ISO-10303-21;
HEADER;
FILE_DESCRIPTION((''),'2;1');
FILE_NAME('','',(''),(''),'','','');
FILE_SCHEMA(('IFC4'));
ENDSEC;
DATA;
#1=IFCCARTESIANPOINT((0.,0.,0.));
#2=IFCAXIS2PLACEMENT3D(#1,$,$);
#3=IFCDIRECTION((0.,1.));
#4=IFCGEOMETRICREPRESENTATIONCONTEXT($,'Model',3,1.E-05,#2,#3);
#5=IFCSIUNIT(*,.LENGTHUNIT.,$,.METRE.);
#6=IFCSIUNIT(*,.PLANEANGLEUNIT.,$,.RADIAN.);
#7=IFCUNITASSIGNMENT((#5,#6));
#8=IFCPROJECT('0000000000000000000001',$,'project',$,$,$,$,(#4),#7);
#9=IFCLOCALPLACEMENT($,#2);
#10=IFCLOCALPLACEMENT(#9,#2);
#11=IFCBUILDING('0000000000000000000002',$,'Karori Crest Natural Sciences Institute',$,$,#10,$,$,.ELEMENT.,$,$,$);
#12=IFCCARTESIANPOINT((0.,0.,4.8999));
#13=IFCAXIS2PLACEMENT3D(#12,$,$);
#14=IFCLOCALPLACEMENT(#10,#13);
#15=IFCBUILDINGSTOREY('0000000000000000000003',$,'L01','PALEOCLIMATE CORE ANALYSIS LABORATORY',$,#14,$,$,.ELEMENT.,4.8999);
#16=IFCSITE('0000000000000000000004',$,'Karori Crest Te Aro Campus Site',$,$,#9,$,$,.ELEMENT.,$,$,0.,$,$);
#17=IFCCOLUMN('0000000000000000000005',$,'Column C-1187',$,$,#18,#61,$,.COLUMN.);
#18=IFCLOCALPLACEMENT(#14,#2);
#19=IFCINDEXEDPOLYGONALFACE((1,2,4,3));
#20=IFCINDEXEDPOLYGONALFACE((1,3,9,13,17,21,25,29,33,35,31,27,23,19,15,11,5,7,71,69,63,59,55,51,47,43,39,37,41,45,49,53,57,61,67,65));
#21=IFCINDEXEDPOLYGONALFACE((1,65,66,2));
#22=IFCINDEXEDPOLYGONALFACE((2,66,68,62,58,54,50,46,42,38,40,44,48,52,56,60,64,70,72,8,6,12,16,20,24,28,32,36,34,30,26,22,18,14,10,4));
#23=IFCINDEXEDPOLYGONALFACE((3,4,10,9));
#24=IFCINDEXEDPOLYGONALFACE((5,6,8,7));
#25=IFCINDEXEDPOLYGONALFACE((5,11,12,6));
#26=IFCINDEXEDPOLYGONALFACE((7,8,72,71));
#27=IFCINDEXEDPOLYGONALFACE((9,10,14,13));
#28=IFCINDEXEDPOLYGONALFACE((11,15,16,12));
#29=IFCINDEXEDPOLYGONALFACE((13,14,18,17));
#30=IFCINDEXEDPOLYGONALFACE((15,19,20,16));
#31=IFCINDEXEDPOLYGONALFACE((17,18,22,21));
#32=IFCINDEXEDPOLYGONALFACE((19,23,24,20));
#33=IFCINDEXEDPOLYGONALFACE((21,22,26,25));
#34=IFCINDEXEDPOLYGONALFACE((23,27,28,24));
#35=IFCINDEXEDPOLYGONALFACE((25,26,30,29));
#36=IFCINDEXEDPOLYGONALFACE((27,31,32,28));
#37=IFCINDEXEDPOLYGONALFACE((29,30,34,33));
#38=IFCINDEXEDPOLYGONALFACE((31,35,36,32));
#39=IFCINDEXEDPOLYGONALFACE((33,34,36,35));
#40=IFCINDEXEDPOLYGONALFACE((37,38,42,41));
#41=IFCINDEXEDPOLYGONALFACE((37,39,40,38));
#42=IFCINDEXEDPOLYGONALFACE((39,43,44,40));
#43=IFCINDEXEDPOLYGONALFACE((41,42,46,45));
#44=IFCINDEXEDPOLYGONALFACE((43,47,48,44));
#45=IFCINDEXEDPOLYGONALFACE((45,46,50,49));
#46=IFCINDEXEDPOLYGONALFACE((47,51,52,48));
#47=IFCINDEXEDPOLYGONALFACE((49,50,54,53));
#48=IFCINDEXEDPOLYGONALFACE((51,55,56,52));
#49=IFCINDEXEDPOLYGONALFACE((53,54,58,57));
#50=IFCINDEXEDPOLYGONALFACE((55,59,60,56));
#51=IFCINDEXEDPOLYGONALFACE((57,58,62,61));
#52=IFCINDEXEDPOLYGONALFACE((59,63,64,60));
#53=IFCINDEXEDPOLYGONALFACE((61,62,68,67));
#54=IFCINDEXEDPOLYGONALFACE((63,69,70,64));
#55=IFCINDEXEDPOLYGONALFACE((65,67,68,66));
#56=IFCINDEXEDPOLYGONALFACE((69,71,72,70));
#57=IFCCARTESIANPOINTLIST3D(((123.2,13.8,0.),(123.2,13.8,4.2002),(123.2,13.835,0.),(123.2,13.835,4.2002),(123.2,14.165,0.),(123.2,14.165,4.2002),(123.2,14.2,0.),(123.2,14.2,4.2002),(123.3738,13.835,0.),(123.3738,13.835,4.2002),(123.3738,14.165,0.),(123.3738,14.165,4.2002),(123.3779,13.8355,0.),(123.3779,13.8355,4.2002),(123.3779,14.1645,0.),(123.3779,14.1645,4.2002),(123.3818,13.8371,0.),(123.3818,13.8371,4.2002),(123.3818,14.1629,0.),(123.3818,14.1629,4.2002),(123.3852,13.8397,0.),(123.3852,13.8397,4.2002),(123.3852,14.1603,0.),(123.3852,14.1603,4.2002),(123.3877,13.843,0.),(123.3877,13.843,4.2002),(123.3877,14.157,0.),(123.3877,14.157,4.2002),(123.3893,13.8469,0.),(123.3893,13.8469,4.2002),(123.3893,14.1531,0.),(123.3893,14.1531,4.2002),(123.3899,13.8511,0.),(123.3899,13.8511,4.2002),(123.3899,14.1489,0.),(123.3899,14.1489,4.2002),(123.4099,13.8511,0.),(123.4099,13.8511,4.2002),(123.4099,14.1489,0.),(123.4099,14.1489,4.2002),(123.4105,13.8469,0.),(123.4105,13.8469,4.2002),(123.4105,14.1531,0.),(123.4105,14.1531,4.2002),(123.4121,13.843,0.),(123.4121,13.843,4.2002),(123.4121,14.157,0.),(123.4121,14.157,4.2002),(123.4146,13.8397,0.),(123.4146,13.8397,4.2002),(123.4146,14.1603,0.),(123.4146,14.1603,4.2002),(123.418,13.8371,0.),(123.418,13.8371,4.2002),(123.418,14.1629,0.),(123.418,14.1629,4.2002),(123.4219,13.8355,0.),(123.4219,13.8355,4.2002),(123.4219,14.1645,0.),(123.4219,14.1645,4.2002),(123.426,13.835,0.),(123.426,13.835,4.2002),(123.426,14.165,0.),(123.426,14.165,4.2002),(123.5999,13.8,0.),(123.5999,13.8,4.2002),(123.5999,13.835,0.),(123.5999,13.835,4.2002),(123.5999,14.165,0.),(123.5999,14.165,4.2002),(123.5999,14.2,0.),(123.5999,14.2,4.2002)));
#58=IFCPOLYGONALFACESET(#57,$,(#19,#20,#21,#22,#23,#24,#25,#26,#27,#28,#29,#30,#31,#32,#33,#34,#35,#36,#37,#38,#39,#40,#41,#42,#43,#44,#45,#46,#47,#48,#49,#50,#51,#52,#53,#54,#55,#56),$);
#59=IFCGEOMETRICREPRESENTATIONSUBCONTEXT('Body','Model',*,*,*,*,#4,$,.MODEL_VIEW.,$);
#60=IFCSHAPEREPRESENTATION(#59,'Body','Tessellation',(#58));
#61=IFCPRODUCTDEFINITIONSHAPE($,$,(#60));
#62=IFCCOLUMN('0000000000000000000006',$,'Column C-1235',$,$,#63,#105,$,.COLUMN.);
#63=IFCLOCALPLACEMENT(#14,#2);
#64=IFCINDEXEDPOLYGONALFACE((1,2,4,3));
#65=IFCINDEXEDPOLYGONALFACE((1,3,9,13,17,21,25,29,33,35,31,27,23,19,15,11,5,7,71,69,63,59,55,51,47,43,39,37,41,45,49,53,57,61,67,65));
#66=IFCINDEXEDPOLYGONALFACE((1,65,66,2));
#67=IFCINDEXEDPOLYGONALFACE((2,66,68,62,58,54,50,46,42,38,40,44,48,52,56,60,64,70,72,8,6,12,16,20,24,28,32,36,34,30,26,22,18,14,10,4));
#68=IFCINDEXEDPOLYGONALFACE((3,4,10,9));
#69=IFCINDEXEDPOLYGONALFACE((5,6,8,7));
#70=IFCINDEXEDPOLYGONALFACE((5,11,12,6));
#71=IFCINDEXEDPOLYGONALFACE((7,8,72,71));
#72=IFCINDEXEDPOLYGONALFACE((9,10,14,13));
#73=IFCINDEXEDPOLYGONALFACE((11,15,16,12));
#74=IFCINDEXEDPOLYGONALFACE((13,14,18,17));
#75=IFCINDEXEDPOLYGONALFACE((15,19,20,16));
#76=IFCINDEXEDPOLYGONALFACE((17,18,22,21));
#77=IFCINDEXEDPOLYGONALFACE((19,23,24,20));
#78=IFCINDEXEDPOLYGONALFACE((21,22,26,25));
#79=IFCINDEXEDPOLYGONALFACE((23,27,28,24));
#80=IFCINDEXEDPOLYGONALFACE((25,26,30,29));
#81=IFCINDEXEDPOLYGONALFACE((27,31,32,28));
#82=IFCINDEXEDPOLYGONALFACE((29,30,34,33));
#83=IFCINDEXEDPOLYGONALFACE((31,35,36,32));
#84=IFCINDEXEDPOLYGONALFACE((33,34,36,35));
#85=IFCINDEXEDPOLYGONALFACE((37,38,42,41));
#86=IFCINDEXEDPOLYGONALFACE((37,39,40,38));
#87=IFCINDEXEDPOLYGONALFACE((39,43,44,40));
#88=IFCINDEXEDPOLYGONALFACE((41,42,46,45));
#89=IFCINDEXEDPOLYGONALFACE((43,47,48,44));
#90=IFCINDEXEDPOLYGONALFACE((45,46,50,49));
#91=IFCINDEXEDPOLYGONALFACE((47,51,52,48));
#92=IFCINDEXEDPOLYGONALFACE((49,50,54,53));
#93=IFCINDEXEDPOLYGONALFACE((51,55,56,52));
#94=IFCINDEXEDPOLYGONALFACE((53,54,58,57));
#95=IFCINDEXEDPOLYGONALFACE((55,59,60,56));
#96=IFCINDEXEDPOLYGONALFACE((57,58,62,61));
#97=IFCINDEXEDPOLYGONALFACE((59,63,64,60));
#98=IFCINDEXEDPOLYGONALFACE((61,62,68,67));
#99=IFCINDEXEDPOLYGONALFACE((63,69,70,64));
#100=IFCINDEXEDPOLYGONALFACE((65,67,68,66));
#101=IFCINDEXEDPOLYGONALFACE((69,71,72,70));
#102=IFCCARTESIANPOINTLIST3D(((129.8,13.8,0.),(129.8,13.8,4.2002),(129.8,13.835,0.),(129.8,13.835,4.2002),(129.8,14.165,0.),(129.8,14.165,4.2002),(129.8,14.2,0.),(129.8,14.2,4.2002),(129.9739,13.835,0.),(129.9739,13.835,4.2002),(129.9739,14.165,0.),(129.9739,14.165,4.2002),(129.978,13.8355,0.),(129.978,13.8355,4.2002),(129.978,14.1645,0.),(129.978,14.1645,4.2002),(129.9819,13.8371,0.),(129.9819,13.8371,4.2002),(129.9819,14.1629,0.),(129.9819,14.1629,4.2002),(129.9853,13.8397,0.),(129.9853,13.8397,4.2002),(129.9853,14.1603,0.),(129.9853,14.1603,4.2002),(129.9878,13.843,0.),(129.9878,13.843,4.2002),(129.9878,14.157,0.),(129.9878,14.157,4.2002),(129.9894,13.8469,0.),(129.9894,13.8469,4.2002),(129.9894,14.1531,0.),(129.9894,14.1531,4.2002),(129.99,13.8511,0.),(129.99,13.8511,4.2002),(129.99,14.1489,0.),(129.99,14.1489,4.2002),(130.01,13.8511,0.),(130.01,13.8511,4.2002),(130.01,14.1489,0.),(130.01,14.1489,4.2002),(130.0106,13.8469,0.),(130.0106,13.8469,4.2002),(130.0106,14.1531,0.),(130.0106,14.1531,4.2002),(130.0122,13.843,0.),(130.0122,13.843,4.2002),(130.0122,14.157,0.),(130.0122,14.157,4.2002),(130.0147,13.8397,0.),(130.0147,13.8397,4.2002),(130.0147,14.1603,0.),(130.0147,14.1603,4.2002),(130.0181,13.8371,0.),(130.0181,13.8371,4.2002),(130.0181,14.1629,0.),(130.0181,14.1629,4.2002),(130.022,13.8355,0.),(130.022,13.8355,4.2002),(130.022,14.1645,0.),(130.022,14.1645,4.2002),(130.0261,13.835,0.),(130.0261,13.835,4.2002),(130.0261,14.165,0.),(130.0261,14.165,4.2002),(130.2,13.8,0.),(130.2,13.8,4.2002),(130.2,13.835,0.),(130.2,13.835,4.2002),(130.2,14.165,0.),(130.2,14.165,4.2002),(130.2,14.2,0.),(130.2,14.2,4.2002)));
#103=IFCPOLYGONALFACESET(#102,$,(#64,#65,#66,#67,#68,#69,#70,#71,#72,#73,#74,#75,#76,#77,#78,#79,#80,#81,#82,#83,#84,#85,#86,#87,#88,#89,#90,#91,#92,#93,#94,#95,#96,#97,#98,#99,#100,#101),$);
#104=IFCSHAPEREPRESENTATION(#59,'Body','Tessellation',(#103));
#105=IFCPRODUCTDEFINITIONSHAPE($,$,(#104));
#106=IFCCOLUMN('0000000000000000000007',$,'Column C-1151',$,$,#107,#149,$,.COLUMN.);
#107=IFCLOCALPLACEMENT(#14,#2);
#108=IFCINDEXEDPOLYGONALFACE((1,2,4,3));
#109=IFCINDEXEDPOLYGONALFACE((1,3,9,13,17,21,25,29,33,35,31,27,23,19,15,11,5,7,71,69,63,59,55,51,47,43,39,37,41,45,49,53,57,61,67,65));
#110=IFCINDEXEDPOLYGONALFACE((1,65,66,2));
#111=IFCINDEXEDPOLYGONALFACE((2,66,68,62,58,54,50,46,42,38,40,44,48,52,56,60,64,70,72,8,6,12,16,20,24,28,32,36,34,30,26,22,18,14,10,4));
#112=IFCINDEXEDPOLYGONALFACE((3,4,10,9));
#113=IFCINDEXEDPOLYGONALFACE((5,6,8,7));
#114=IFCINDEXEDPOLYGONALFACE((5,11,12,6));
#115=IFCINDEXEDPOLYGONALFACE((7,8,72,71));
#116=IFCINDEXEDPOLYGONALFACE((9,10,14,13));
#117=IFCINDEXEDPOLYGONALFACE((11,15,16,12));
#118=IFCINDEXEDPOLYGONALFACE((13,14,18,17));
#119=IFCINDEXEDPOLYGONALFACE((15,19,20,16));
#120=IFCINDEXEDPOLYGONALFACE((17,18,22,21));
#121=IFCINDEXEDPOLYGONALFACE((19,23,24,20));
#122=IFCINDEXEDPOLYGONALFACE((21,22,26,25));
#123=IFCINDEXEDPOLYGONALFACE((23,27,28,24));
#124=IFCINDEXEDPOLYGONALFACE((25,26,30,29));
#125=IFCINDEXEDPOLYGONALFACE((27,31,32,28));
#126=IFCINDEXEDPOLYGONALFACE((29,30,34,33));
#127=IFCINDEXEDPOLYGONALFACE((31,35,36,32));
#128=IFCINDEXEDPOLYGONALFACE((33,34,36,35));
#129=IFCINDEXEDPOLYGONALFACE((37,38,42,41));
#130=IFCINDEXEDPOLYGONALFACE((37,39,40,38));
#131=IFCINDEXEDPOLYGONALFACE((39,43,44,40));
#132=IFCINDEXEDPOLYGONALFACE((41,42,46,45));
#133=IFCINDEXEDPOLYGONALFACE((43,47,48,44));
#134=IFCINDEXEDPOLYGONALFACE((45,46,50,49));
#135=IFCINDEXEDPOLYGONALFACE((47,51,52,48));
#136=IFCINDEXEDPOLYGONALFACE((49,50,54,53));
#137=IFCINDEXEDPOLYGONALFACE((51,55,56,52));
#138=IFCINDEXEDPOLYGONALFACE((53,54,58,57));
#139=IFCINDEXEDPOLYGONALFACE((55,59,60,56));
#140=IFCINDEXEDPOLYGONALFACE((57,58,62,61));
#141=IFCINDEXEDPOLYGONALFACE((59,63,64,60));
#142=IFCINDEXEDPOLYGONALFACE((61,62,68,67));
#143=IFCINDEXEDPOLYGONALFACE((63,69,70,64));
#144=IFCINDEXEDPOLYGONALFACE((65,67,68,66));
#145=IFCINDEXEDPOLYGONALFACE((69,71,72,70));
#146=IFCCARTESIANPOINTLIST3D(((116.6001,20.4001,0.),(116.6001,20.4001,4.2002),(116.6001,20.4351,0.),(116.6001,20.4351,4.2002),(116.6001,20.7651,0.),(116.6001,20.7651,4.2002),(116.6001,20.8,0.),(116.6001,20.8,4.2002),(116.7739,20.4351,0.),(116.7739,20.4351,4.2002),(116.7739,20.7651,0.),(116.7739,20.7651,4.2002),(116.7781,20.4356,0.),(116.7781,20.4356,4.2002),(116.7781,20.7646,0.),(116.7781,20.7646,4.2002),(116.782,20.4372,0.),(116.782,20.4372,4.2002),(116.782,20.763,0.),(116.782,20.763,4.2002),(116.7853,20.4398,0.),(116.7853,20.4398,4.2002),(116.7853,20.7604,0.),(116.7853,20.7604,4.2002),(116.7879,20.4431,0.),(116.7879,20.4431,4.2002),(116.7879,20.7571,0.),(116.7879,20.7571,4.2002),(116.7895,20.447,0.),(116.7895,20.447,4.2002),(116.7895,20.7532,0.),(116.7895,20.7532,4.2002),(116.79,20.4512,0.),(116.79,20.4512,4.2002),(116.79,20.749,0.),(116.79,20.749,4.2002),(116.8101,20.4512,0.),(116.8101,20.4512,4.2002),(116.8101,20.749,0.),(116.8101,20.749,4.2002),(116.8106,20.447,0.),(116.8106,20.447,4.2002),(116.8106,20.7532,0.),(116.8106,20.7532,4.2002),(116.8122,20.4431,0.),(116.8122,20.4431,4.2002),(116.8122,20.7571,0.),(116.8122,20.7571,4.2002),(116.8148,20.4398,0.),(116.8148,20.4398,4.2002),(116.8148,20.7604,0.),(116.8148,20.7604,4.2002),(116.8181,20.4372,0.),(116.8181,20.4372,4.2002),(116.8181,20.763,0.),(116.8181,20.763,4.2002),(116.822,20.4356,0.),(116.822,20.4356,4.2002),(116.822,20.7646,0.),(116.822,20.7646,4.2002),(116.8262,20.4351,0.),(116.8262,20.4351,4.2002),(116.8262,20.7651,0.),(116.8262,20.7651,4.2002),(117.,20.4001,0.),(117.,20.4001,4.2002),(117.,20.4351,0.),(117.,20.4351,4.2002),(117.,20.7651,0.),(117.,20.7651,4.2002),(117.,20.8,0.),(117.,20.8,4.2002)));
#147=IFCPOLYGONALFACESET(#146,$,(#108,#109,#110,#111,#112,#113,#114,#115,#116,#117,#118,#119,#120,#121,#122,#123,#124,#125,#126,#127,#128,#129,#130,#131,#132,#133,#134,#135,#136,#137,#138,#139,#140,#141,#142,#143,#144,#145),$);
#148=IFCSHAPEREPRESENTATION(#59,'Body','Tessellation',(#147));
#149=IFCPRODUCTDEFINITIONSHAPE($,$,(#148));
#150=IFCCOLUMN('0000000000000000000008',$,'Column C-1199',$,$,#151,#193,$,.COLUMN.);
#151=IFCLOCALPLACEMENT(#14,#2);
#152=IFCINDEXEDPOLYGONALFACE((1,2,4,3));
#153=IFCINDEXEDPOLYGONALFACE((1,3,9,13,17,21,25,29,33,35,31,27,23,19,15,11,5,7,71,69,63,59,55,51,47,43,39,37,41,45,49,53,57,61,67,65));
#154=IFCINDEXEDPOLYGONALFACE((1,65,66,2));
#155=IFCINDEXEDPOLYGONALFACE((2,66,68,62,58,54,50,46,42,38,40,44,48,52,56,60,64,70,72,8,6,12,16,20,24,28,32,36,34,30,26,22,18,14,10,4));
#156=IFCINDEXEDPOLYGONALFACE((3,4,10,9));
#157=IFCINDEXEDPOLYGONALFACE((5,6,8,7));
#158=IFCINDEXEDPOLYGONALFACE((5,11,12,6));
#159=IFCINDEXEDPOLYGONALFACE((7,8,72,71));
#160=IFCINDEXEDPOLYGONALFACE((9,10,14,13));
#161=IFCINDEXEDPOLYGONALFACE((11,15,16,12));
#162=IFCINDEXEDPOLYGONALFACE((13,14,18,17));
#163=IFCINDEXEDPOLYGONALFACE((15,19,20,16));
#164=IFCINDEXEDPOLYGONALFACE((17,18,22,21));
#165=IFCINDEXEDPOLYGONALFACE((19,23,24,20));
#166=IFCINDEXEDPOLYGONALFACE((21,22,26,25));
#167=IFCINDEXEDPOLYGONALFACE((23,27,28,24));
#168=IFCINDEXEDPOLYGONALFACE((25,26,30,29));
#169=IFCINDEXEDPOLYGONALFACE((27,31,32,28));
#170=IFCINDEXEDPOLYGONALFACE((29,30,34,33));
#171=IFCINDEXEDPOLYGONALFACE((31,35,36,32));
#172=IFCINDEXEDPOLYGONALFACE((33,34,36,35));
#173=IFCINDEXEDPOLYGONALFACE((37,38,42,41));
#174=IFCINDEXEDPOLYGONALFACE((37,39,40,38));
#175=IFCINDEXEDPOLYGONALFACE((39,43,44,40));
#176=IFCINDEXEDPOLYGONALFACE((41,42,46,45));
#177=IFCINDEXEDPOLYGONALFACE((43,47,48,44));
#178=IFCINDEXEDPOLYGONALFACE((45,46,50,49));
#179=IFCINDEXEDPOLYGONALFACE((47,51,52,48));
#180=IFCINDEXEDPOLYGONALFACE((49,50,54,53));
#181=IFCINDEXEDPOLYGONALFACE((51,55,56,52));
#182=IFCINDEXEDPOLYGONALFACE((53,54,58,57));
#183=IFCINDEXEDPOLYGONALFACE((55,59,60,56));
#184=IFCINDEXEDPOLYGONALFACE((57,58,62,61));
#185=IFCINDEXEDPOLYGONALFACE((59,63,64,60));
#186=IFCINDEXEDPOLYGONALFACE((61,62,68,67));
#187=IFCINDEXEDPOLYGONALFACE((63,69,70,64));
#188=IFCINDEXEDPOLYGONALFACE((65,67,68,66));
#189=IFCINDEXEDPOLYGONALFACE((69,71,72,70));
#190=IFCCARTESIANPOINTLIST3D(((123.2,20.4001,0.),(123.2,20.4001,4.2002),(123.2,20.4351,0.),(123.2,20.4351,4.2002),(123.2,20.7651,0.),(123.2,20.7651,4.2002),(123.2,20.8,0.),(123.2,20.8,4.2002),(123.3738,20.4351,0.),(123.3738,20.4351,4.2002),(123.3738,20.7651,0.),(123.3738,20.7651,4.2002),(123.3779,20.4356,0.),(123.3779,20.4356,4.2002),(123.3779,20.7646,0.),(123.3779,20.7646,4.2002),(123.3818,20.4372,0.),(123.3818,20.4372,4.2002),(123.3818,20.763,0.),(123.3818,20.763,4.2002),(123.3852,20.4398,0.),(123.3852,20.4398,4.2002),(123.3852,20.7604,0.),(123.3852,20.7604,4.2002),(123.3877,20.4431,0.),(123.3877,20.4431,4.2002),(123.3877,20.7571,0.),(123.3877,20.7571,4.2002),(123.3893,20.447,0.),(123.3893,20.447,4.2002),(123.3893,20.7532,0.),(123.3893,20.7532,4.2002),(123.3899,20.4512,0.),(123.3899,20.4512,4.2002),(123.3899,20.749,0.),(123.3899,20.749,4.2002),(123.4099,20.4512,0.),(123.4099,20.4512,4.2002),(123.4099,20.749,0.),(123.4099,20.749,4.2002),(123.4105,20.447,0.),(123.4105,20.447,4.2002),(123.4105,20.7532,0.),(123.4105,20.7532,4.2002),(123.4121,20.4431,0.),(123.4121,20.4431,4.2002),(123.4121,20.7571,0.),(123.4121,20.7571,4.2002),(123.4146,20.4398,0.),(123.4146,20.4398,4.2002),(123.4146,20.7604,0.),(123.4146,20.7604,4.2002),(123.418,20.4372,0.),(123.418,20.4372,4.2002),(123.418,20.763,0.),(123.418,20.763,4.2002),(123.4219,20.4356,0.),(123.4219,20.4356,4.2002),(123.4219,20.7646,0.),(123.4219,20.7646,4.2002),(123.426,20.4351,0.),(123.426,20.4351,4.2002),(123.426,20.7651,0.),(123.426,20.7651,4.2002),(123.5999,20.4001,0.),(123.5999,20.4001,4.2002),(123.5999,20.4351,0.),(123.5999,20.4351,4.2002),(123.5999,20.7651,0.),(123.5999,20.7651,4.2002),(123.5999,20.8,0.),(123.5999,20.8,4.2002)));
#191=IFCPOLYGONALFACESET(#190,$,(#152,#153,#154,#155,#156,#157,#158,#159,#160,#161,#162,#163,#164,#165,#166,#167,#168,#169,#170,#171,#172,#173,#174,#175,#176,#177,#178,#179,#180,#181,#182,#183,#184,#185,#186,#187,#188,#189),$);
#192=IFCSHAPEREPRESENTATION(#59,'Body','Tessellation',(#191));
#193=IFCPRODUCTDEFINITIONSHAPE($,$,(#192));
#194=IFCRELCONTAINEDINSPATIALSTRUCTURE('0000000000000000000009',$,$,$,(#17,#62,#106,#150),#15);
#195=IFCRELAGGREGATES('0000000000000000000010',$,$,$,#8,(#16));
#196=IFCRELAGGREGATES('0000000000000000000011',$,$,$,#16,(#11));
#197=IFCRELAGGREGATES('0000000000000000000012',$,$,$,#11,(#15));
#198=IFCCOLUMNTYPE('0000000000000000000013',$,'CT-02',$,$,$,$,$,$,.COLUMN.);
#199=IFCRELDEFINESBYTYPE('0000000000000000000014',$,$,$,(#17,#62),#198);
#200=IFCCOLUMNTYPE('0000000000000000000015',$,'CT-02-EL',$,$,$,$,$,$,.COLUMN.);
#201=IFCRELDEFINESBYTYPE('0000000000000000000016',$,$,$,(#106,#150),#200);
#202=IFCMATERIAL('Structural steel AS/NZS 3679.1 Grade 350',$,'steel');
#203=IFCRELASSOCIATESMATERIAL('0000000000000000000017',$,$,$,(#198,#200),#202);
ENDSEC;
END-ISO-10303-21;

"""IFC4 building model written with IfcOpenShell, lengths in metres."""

from ifc_helpers import new_model, si_unit, direction, frame, origin, origin_2d, place, context, subcontext, project, spatial, i_section, extrude, material, material_profile, profile_set, type_object, element, save


model = new_model("IFC4")

# Units and contexts
model_context = context("Model", 3, precision=1e-05, world=origin(), true_north=direction((0.0, 1.0)))
body_context = subcontext(model_context, "Body", "Model", "MODEL_VIEW")
ifc_project = project(units=[si_unit("LENGTHUNIT", "METRE"), si_unit("PLANEANGLEUNIT", "RADIAN")], contexts=[model_context])

# Site, building, storey
site_placement = place(None, origin())
site = spatial("IfcSite", under=ifc_project, at=site_placement, Name="Karori Crest Te Aro Campus Site", CompositionType="ELEMENT", RefElevation=0.0)
building_placement = place(site_placement, origin())
building = spatial("IfcBuilding", under=site, at=building_placement, Name="Karori Crest Natural Sciences Institute", CompositionType="ELEMENT")
storey_placement = place(building_placement, frame((0.0, 0.0, 4.8999)))
storey = spatial("IfcBuildingStorey", under=building, at=storey_placement, Name="L01", Description="PALEOCLIMATE CORE ANALYSIS LABORATORY", CompositionType="ELEMENT", Elevation=4.8999)

# Columns
ifc_material_1 = material(Name="Structural steel AS/NZS 3679.1 Grade 350", Category="steel")
ifc_material_profile_1 = material_profile(ifc_material_1, i_section(OverallWidth=0.3999, OverallDepth=0.3999, WebThickness=0.02, FlangeThickness=0.0349, FilletRadius=0.0161, at=origin_2d()), Name="400WC328")
ifc_profile_set_1 = profile_set([ifc_material_profile_1], Name="Structural steel AS/NZS 3679.1 Grade 350")
column_type_1 = type_object("IfcColumnType", Name="CT-02", PredefinedType="COLUMN", material=ifc_profile_set_1)
for number, where, z_axis, x_axis, name in (
    (1, (123.3999, 14.0, 0.0), (0.0, 0.0, 1.0), (1.0, 0.0, 0.0), "Column C-1187"),
    (2, (130.0, 14.0, 0.0), (0.0, 0.0, 1.0), (1.0, 0.0, 0.0), "Column C-1235"),
):
    element("IfcColumn", number, at=place(storey_placement, frame(where, z_axis=z_axis, x_axis=x_axis)), inside=storey, type_object=column_type_1, Name=name, PredefinedType="COLUMN", context=body_context, shape_type="SweptSolid", body=[
        extrude(i_section(OverallWidth=0.3999, OverallDepth=0.3999, WebThickness=0.02, FlangeThickness=0.0349, FilletRadius=0.0161, at=origin_2d()), origin(), (0.0, 0.0, 1.0), 4.2002),
    ])
ifc_material_profile_2 = material_profile(ifc_material_1, i_section(OverallWidth=0.3999, OverallDepth=0.3999, WebThickness=0.02, FlangeThickness=0.0349, FilletRadius=0.0161, at=origin_2d()), Name="400WC328")
ifc_profile_set_2 = profile_set([ifc_material_profile_2], Name="Structural steel AS/NZS 3679.1 Grade 350")
column_type_2 = type_object("IfcColumnType", Name="CT-02-EL", PredefinedType="COLUMN", material=ifc_profile_set_2)
for number, where, z_axis, x_axis, name in (
    (3, (116.8, 20.6001, 0.0), (0.0, 0.0, 1.0), (1.0, 0.0, 0.0), "Column C-1151"),
    (4, (123.3999, 20.6001, 0.0), (0.0, 0.0, 1.0), (1.0, 0.0, 0.0), "Column C-1199"),
):
    element("IfcColumn", number, at=place(storey_placement, frame(where, z_axis=z_axis, x_axis=x_axis)), inside=storey, type_object=column_type_2, Name=name, PredefinedType="COLUMN", context=body_context, shape_type="SweptSolid", body=[
        extrude(i_section(OverallWidth=0.3999, OverallDepth=0.3999, WebThickness=0.02, FlangeThickness=0.0349, FilletRadius=0.0161, at=origin_2d()), origin(), (0.0, 0.0, 1.0), 4.2002),
    ])

save(model, "model.ifc")
